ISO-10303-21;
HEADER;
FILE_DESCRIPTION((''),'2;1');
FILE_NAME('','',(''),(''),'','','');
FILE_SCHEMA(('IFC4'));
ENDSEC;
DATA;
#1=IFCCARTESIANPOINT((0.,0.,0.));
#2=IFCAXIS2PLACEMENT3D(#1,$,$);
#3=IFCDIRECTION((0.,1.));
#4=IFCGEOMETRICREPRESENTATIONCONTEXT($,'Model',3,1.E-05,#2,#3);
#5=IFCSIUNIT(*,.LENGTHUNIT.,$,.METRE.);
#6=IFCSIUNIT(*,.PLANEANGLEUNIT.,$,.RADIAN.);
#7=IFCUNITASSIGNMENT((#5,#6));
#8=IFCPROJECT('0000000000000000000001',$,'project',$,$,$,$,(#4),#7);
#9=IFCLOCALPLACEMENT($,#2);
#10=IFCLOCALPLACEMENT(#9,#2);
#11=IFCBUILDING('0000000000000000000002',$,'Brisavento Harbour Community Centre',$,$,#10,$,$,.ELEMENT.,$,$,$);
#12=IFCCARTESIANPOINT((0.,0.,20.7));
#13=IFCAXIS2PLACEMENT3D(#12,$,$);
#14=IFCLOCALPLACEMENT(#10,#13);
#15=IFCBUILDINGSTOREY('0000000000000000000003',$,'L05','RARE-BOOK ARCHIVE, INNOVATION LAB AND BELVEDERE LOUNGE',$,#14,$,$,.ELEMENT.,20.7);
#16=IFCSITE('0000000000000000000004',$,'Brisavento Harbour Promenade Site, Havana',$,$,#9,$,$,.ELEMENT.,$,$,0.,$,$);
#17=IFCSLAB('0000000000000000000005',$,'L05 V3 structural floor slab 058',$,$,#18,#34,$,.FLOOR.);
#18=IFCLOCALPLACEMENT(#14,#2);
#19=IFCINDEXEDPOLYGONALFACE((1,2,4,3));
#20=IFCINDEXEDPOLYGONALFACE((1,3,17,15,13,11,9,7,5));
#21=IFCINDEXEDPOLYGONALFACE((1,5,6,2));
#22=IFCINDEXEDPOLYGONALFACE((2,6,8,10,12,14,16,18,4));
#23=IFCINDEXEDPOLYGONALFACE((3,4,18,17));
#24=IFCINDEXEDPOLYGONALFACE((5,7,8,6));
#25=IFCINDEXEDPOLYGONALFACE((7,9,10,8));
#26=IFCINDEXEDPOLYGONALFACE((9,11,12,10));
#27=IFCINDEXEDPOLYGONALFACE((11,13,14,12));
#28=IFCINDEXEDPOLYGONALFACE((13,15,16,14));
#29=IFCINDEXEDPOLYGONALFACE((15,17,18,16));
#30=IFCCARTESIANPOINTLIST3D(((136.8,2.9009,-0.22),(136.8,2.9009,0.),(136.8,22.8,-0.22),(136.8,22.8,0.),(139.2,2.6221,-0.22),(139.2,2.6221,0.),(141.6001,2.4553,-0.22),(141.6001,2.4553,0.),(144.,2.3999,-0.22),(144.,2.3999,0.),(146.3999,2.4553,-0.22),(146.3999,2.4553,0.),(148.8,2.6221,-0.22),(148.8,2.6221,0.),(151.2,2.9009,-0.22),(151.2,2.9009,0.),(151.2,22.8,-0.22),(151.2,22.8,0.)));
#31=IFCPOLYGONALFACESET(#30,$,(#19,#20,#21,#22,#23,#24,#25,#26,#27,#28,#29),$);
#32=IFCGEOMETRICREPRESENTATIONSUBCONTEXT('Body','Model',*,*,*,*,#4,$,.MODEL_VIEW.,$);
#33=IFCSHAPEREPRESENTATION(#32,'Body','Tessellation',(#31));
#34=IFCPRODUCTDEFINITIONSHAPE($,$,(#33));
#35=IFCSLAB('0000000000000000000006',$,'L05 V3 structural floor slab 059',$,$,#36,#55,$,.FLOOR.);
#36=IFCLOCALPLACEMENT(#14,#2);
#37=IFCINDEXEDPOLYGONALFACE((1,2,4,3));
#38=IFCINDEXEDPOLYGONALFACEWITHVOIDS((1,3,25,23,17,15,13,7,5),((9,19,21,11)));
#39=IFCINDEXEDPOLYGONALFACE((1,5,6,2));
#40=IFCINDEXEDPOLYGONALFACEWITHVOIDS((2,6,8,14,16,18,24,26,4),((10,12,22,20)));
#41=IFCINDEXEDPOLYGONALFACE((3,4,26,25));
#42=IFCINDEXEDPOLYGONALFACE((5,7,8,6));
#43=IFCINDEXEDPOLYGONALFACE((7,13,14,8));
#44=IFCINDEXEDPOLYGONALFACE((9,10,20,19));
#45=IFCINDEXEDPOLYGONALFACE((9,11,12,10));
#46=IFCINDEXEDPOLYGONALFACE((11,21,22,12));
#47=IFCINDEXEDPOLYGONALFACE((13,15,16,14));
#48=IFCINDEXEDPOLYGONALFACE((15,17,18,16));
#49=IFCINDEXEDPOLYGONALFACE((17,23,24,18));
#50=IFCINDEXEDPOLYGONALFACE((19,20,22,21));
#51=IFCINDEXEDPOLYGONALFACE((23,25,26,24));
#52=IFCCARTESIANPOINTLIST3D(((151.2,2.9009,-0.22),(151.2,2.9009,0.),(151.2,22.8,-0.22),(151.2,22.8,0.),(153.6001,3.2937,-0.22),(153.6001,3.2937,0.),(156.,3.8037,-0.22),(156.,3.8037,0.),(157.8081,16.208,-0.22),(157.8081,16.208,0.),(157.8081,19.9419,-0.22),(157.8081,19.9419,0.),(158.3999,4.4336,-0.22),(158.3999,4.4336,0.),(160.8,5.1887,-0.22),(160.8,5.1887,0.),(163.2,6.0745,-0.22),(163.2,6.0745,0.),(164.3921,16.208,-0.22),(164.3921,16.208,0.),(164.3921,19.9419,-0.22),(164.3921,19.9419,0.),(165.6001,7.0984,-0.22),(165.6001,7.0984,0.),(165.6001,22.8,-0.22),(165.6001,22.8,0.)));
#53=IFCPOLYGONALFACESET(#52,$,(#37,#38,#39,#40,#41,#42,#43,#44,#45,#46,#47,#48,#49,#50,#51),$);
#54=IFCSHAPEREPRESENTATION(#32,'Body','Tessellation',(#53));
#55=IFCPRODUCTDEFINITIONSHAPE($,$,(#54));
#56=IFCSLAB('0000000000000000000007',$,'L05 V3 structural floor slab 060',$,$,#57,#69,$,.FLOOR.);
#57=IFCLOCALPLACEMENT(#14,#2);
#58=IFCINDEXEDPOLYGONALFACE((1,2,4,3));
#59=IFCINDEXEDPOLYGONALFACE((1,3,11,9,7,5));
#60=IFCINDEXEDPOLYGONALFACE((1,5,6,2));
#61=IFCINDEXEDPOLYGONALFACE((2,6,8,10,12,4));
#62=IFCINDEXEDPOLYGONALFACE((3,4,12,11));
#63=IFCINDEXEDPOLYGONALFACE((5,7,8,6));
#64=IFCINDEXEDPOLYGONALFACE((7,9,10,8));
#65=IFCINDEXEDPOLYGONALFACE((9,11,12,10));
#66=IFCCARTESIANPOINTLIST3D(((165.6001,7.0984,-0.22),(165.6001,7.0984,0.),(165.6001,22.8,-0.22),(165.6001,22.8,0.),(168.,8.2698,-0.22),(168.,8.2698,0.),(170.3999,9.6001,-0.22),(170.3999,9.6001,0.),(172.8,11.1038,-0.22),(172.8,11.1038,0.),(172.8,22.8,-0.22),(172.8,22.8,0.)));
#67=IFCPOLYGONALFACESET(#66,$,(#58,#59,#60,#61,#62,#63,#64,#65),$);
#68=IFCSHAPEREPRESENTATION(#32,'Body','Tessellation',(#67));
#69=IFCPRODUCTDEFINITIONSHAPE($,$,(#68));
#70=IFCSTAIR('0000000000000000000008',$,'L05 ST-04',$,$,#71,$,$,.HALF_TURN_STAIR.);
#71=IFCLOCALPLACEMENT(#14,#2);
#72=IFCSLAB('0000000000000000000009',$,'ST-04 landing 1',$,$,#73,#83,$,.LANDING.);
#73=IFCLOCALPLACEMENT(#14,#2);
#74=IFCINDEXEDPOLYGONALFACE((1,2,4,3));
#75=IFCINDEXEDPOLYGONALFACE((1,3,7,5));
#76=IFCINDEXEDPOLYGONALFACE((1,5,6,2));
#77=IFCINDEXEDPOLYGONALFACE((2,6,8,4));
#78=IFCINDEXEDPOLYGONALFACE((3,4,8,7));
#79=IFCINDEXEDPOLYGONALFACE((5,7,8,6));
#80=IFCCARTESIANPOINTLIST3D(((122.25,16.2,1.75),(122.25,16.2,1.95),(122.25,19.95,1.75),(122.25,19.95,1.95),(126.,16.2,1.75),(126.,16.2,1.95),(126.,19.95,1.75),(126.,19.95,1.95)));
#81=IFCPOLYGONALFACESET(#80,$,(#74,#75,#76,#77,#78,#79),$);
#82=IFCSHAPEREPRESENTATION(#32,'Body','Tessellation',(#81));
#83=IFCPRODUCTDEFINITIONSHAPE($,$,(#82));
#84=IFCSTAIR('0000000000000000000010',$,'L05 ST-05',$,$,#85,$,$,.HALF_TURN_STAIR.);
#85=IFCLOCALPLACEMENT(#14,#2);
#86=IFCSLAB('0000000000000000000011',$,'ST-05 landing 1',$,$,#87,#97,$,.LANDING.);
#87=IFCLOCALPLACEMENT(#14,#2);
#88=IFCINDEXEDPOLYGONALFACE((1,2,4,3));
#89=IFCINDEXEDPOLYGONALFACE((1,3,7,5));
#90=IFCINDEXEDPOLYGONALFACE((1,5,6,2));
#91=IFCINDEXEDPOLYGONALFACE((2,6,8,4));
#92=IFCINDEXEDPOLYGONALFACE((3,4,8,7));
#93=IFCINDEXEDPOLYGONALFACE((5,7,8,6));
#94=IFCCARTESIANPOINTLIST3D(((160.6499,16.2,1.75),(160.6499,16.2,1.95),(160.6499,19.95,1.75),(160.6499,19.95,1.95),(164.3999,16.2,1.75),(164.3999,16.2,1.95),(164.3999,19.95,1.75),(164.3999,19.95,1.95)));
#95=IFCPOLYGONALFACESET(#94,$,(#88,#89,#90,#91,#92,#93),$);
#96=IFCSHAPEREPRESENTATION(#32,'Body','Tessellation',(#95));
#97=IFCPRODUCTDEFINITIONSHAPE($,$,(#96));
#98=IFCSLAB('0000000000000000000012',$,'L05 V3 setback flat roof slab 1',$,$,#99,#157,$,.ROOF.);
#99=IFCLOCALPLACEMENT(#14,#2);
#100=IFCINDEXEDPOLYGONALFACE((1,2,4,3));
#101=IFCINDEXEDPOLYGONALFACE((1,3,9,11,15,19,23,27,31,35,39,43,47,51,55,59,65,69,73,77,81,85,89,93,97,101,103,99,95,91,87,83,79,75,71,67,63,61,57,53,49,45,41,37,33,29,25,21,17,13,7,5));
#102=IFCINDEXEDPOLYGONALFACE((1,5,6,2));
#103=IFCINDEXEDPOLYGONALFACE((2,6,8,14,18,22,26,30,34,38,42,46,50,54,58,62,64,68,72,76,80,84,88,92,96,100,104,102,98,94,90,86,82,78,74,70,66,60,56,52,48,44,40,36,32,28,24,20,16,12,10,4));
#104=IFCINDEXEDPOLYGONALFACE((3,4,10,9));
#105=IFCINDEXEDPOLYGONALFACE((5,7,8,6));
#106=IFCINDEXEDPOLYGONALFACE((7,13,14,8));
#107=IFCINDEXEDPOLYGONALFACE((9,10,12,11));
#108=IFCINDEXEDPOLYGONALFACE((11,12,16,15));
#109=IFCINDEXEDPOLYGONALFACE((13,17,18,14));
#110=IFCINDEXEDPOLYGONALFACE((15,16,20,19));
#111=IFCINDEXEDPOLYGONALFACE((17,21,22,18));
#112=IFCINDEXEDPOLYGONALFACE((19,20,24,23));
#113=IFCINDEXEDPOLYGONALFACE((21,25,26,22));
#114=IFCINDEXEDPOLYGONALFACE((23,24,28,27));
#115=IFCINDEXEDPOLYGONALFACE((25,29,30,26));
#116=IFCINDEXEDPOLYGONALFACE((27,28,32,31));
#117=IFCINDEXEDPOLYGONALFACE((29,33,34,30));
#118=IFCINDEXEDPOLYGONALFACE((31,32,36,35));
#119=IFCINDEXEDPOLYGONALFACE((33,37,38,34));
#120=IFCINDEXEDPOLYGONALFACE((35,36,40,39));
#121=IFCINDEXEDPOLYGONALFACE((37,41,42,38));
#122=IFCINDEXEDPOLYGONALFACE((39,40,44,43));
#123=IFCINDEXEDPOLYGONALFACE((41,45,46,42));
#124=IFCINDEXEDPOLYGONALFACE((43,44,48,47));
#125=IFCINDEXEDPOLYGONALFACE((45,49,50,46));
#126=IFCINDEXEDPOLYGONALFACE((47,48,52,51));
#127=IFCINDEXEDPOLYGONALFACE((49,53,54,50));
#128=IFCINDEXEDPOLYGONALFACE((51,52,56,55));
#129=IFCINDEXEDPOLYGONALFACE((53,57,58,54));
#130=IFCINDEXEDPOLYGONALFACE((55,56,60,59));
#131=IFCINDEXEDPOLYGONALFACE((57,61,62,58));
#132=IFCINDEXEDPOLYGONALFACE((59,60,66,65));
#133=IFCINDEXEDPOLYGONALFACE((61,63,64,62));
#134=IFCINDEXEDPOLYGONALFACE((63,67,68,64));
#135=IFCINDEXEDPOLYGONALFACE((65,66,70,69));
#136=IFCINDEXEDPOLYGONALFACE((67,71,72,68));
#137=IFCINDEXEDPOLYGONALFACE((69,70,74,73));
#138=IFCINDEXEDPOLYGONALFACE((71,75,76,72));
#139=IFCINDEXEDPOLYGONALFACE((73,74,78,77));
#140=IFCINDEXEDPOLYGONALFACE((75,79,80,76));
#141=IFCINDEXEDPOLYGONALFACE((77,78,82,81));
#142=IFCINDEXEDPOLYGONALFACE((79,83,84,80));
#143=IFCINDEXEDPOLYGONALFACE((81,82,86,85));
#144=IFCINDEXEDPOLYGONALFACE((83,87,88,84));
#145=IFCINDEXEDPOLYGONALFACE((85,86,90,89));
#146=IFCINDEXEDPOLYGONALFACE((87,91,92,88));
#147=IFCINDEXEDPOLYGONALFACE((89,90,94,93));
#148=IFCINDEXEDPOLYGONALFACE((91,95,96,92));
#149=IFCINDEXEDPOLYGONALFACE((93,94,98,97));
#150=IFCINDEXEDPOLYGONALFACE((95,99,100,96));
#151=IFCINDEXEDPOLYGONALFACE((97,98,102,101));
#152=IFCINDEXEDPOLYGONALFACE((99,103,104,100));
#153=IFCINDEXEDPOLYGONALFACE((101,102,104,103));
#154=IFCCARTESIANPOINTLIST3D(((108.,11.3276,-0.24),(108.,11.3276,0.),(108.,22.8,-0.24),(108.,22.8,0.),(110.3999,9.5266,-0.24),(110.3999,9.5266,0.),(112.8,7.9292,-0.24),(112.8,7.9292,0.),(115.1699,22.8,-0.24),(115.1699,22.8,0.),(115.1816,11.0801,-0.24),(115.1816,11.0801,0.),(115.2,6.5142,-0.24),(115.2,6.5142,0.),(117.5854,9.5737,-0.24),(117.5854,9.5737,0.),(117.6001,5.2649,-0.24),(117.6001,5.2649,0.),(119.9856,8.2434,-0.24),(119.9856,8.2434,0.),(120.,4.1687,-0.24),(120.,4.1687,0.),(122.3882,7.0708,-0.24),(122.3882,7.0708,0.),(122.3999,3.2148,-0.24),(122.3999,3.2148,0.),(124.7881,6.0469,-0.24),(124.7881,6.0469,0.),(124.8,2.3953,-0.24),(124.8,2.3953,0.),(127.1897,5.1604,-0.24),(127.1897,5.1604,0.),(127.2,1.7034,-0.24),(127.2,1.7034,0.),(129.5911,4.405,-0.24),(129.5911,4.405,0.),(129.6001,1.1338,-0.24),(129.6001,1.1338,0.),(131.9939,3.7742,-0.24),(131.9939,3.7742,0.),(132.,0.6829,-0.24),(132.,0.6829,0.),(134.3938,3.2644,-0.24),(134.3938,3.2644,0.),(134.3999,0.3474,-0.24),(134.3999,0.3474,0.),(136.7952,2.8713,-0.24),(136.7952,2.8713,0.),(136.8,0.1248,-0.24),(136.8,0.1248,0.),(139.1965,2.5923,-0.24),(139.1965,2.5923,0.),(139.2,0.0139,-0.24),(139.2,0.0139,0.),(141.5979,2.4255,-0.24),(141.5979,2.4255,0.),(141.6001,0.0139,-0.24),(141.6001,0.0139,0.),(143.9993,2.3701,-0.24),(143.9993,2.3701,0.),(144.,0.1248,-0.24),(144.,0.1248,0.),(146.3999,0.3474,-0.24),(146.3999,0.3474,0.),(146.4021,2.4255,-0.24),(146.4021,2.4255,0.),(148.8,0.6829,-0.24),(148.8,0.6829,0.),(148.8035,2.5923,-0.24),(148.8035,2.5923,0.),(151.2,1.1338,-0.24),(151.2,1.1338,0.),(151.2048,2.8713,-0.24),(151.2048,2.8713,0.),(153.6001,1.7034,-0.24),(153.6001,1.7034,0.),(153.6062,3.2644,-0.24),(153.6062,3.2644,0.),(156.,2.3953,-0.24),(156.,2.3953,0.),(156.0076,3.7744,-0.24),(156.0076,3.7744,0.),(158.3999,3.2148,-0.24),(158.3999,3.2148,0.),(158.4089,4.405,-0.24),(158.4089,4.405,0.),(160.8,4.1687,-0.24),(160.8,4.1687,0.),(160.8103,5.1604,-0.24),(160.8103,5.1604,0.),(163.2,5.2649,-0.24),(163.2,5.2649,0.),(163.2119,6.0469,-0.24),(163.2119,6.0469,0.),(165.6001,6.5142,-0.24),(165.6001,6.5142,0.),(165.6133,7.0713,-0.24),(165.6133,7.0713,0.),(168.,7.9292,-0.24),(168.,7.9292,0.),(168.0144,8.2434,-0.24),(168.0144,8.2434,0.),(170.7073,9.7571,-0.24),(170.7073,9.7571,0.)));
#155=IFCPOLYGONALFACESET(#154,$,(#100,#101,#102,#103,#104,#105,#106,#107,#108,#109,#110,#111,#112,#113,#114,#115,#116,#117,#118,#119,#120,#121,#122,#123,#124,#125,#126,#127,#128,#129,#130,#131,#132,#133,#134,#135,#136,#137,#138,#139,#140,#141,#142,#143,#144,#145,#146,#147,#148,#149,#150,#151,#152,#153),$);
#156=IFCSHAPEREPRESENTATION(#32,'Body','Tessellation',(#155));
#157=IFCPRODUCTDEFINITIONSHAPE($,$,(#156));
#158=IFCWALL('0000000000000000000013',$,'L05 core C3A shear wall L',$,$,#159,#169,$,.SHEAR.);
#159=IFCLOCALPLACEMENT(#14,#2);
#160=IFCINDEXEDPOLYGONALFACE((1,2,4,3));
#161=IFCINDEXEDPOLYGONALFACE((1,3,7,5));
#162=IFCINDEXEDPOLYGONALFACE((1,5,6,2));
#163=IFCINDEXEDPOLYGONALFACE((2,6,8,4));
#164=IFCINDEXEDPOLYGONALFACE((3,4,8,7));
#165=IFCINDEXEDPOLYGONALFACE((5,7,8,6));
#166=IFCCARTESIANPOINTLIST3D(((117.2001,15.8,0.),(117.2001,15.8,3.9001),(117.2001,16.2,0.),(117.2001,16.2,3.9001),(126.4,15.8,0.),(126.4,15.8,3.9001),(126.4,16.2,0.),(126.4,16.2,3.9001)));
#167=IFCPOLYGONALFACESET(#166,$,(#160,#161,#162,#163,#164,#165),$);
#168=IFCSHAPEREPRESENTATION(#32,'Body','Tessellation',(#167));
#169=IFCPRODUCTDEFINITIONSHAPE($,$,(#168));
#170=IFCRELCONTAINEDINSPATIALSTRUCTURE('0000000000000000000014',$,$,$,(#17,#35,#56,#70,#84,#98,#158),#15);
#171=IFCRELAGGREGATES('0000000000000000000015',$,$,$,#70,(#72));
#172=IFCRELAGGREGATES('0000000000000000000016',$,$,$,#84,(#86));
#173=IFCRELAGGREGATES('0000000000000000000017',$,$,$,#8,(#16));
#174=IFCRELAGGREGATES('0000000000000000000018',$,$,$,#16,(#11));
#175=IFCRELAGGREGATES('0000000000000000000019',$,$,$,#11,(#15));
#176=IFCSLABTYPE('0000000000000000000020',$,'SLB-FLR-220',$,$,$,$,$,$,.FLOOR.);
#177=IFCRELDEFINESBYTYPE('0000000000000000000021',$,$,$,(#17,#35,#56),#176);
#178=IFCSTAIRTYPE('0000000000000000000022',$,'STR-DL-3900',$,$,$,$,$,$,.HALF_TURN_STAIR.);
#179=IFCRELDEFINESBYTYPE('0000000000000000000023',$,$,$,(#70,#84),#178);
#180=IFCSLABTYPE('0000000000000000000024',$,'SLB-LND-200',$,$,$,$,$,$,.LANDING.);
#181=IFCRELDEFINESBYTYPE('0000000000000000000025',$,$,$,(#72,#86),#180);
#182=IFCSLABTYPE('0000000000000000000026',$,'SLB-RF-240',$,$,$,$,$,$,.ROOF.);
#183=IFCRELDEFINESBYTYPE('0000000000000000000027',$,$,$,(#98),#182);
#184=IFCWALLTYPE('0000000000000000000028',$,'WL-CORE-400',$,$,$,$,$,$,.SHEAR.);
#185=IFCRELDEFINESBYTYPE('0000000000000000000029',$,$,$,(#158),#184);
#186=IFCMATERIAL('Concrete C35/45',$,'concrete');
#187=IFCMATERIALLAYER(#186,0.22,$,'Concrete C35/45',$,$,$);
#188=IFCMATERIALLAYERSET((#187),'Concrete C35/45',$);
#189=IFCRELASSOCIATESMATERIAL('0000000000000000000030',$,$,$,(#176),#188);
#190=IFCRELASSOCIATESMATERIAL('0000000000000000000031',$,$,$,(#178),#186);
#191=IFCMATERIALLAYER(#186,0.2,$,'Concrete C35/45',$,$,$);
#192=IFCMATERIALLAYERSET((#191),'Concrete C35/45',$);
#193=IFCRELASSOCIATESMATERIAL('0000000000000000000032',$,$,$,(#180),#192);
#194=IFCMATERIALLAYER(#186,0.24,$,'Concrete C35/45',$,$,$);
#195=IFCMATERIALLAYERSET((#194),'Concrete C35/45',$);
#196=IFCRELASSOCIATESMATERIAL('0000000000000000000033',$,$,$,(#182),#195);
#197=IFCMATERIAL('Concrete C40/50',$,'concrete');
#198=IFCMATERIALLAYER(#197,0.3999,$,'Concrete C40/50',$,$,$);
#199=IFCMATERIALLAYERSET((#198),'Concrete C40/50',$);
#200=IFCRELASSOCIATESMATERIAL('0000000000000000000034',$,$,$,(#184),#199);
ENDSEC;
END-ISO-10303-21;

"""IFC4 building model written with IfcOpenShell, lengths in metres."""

from ifc_helpers import new_model, si_unit, direction, frame, frame_2d, origin, place, context, subcontext, project, spatial, polyline, rectangle, outline, extrude, material, layer, layer_set, type_object, element, aggregate, save


model = new_model("IFC4")

# Units and contexts
model_context = context("Model", 3, precision=1e-05, world=origin(), true_north=direction((0.0, 1.0)))
body_context = subcontext(model_context, "Body", "Model", "MODEL_VIEW")
ifc_project = project(units=[si_unit("LENGTHUNIT", "METRE"), si_unit("PLANEANGLEUNIT", "RADIAN")], contexts=[model_context])

# Site, building, storey
site_placement = place(None, origin())
site = spatial("IfcSite", under=ifc_project, at=site_placement, Name="Brisavento Harbour Promenade Site, Havana", CompositionType="ELEMENT", RefElevation=0.0)
building_placement = place(site_placement, origin())
building = spatial("IfcBuilding", under=site, at=building_placement, Name="Brisavento Harbour Community Centre", CompositionType="ELEMENT")
storey_placement = place(building_placement, frame((0.0, 0.0, 20.7)))
storey = spatial("IfcBuildingStorey", under=building, at=storey_placement, Name="L05", Description="RARE-BOOK ARCHIVE, INNOVATION LAB AND BELVEDERE LOUNGE", CompositionType="ELEMENT", Elevation=20.7)

# Shared definitions
ifc_material_1 = material(Name="Concrete C35/45", Category="concrete")

# Slabs
ifc_layer_1 = layer(ifc_material_1, 0.22, Name="Concrete C35/45")
ifc_layer_set_1 = layer_set([ifc_layer_1], Name="Concrete C35/45")
slab_type_1 = type_object("IfcSlabType", Name="SLB-FLR-220", PredefinedType="FLOOR", material=ifc_layer_set_1)
slab_1_placement = place(storey_placement, frame((0.0, 0.0, -0.22)))
element("IfcSlab", 1, at=slab_1_placement, inside=storey, type_object=slab_type_1, Name="L05 V3 structural floor slab 058", PredefinedType="FLOOR", context=body_context, shape_type="SweptSolid", body=[
    extrude(outline(polyline([(136.8, 22.8), (136.8, 2.9009), (139.2, 2.6221), (141.6001, 2.4553), (144.0, 2.3999), (146.3999, 2.4553), (148.8, 2.6221), (151.2, 2.9009), (151.2, 22.8), (136.8, 22.8)])), origin(), (0.0, 0.0, 1.0), 0.22),
])
slab_2_placement = place(storey_placement, frame((0.0, 0.0, -0.22)))
element("IfcSlab", 2, at=slab_2_placement, inside=storey, type_object=slab_type_1, Name="L05 V3 structural floor slab 059", PredefinedType="FLOOR", context=body_context, shape_type="SweptSolid", body=[
    extrude(outline(polyline([(151.2, 22.8), (151.2, 2.9009), (153.6001, 3.2937), (156.0, 3.8037), (158.3999, 4.4336), (160.8, 5.1887), (163.2, 6.0745), (165.6001, 7.0984), (165.6001, 22.8), (151.2, 22.8)]), holes=[polyline([(157.8081, 19.9419), (164.3921, 19.9419), (164.3921, 16.208), (157.8081, 16.208), (157.8081, 19.9419)])]), origin(), (0.0, 0.0, 1.0), 0.22),
])
slab_3_placement = place(storey_placement, frame((0.0, 0.0, -0.22)))
element("IfcSlab", 3, at=slab_3_placement, inside=storey, type_object=slab_type_1, Name="L05 V3 structural floor slab 060", PredefinedType="FLOOR", context=body_context, shape_type="SweptSolid", body=[
    extrude(outline(polyline([(165.6001, 22.8), (165.6001, 7.0984), (168.0, 8.2698), (170.3999, 9.6001), (172.8, 11.1038), (172.8, 22.8), (165.6001, 22.8)])), origin(), (0.0, 0.0, 1.0), 0.22),
])

# Stairs, slabs
stair_type = type_object("IfcStairType", Name="STR-DL-3900", PredefinedType="HALF_TURN_STAIR", material=ifc_material_1)
stair_1_placement = place(storey_placement, origin())
stair_1 = element("IfcStair", 4, at=stair_1_placement, inside=storey, type_object=stair_type, Name="L05 ST-04", PredefinedType="HALF_TURN_STAIR")
ifc_layer_2 = layer(ifc_material_1, 0.2, Name="Concrete C35/45")
ifc_layer_set_2 = layer_set([ifc_layer_2], Name="Concrete C35/45")
slab_type_2 = type_object("IfcSlabType", Name="SLB-LND-200", PredefinedType="LANDING", material=ifc_layer_set_2)
slab_4_placement = place(storey_placement, frame((0.0, 0.0, 1.75)))
slab_4 = element("IfcSlab", 5, at=slab_4_placement, type_object=slab_type_2, Name="ST-04 landing 1", PredefinedType="LANDING", context=body_context, shape_type="SweptSolid", body=[
    extrude(outline(polyline([(122.25, 16.2), (126.0, 16.2), (126.0, 19.95), (122.25, 19.95), (122.25, 16.2)])), origin(), (0.0, 0.0, 1.0), 0.2),
])
aggregate(stair_1, [slab_4])
stair_2_placement = place(storey_placement, origin())
stair_2 = element("IfcStair", 6, at=stair_2_placement, inside=storey, type_object=stair_type, Name="L05 ST-05", PredefinedType="HALF_TURN_STAIR")
slab_5_placement = place(storey_placement, frame((0.0, 0.0, 1.75)))
slab_5 = element("IfcSlab", 7, at=slab_5_placement, type_object=slab_type_2, Name="ST-05 landing 1", PredefinedType="LANDING", context=body_context, shape_type="SweptSolid", body=[
    extrude(outline(polyline([(160.6499, 16.2), (164.3999, 16.2), (164.3999, 19.95), (160.6499, 19.95), (160.6499, 16.2)])), origin(), (0.0, 0.0, 1.0), 0.2),
])
aggregate(stair_2, [slab_5])

# Slab
ifc_layer_3 = layer(ifc_material_1, 0.24, Name="Concrete C35/45")
ifc_layer_set_3 = layer_set([ifc_layer_3], Name="Concrete C35/45")
slab_type_3 = type_object("IfcSlabType", Name="SLB-RF-240", PredefinedType="ROOF", material=ifc_layer_set_3)
slab_6_placement = place(storey_placement, frame((0.0, 0.0, -0.24)))
element("IfcSlab", 8, at=slab_6_placement, inside=storey, type_object=slab_type_3, Name="L05 V3 setback flat roof slab 1", PredefinedType="ROOF", context=body_context, shape_type="SweptSolid", body=[
    extrude(outline(polyline([(168.0144, 8.2434), (165.6133, 7.0713), (163.2119, 6.0469), (160.8103, 5.1604), (158.4089, 4.405), (156.0076, 3.7744), (153.6062, 3.2644), (151.2048, 2.8713), (148.8035, 2.5923), (146.4021, 2.4255), (143.9993, 2.3701), (141.5979, 2.4255), (139.1965, 2.5923), (136.7952, 2.8713), (134.3938, 3.2644), (131.9939, 3.7742), (129.5911, 4.405), (127.1897, 5.1604), (124.7881, 6.0469), (122.3882, 7.0708), (119.9856, 8.2434), (117.5854, 9.5737), (115.1816, 11.0801), (115.1699, 22.8), (108.0, 22.8), (108.0, 11.3276), (110.3999, 9.5266), (112.8, 7.9292), (115.2, 6.5142), (117.6001, 5.2649), (120.0, 4.1687), (122.3999, 3.2148), (124.8, 2.3953), (127.2, 1.7034), (129.6001, 1.1338), (132.0, 0.6829), (134.3999, 0.3474), (136.8, 0.1248), (139.2, 0.0139), (141.6001, 0.0139), (144.0, 0.1248), (146.3999, 0.3474), (148.8, 0.6829), (151.2, 1.1338), (153.6001, 1.7034), (156.0, 2.3953), (158.3999, 3.2148), (160.8, 4.1687), (163.2, 5.2649), (165.6001, 6.5142), (168.0, 7.9292), (170.7073, 9.7571), (168.0144, 8.2434)])), origin(), (0.0, 0.0, 1.0), 0.24),
])

# Wall
ifc_material_2 = material(Name="Concrete C40/50", Category="concrete")
ifc_layer_4 = layer(ifc_material_2, 0.3999, Name="Concrete C40/50")
ifc_layer_set_4 = layer_set([ifc_layer_4], Name="Concrete C40/50")
wall_type_1 = type_object("IfcWallType", Name="WL-CORE-400", PredefinedType="SHEAR", material=ifc_layer_set_4)
wall_1_placement = place(storey_placement, frame((117.2, 16.0, 0.0), z_axis=(0.0, 0.0, 1.0), x_axis=(1.0, 0.0, 0.0)))
element("IfcWall", 9, at=wall_1_placement, inside=storey, type_object=wall_type_1, Name="L05 core C3A shear wall L", PredefinedType="SHEAR", context=body_context, shape_type="SweptSolid", body=[
    extrude(rectangle(XDim=9.2, YDim=0.3999, at=frame_2d((4.6001, 0.0))), origin(), (0.0, 0.0, 1.0), 3.9001),
])

save(model, "model.ifc")
